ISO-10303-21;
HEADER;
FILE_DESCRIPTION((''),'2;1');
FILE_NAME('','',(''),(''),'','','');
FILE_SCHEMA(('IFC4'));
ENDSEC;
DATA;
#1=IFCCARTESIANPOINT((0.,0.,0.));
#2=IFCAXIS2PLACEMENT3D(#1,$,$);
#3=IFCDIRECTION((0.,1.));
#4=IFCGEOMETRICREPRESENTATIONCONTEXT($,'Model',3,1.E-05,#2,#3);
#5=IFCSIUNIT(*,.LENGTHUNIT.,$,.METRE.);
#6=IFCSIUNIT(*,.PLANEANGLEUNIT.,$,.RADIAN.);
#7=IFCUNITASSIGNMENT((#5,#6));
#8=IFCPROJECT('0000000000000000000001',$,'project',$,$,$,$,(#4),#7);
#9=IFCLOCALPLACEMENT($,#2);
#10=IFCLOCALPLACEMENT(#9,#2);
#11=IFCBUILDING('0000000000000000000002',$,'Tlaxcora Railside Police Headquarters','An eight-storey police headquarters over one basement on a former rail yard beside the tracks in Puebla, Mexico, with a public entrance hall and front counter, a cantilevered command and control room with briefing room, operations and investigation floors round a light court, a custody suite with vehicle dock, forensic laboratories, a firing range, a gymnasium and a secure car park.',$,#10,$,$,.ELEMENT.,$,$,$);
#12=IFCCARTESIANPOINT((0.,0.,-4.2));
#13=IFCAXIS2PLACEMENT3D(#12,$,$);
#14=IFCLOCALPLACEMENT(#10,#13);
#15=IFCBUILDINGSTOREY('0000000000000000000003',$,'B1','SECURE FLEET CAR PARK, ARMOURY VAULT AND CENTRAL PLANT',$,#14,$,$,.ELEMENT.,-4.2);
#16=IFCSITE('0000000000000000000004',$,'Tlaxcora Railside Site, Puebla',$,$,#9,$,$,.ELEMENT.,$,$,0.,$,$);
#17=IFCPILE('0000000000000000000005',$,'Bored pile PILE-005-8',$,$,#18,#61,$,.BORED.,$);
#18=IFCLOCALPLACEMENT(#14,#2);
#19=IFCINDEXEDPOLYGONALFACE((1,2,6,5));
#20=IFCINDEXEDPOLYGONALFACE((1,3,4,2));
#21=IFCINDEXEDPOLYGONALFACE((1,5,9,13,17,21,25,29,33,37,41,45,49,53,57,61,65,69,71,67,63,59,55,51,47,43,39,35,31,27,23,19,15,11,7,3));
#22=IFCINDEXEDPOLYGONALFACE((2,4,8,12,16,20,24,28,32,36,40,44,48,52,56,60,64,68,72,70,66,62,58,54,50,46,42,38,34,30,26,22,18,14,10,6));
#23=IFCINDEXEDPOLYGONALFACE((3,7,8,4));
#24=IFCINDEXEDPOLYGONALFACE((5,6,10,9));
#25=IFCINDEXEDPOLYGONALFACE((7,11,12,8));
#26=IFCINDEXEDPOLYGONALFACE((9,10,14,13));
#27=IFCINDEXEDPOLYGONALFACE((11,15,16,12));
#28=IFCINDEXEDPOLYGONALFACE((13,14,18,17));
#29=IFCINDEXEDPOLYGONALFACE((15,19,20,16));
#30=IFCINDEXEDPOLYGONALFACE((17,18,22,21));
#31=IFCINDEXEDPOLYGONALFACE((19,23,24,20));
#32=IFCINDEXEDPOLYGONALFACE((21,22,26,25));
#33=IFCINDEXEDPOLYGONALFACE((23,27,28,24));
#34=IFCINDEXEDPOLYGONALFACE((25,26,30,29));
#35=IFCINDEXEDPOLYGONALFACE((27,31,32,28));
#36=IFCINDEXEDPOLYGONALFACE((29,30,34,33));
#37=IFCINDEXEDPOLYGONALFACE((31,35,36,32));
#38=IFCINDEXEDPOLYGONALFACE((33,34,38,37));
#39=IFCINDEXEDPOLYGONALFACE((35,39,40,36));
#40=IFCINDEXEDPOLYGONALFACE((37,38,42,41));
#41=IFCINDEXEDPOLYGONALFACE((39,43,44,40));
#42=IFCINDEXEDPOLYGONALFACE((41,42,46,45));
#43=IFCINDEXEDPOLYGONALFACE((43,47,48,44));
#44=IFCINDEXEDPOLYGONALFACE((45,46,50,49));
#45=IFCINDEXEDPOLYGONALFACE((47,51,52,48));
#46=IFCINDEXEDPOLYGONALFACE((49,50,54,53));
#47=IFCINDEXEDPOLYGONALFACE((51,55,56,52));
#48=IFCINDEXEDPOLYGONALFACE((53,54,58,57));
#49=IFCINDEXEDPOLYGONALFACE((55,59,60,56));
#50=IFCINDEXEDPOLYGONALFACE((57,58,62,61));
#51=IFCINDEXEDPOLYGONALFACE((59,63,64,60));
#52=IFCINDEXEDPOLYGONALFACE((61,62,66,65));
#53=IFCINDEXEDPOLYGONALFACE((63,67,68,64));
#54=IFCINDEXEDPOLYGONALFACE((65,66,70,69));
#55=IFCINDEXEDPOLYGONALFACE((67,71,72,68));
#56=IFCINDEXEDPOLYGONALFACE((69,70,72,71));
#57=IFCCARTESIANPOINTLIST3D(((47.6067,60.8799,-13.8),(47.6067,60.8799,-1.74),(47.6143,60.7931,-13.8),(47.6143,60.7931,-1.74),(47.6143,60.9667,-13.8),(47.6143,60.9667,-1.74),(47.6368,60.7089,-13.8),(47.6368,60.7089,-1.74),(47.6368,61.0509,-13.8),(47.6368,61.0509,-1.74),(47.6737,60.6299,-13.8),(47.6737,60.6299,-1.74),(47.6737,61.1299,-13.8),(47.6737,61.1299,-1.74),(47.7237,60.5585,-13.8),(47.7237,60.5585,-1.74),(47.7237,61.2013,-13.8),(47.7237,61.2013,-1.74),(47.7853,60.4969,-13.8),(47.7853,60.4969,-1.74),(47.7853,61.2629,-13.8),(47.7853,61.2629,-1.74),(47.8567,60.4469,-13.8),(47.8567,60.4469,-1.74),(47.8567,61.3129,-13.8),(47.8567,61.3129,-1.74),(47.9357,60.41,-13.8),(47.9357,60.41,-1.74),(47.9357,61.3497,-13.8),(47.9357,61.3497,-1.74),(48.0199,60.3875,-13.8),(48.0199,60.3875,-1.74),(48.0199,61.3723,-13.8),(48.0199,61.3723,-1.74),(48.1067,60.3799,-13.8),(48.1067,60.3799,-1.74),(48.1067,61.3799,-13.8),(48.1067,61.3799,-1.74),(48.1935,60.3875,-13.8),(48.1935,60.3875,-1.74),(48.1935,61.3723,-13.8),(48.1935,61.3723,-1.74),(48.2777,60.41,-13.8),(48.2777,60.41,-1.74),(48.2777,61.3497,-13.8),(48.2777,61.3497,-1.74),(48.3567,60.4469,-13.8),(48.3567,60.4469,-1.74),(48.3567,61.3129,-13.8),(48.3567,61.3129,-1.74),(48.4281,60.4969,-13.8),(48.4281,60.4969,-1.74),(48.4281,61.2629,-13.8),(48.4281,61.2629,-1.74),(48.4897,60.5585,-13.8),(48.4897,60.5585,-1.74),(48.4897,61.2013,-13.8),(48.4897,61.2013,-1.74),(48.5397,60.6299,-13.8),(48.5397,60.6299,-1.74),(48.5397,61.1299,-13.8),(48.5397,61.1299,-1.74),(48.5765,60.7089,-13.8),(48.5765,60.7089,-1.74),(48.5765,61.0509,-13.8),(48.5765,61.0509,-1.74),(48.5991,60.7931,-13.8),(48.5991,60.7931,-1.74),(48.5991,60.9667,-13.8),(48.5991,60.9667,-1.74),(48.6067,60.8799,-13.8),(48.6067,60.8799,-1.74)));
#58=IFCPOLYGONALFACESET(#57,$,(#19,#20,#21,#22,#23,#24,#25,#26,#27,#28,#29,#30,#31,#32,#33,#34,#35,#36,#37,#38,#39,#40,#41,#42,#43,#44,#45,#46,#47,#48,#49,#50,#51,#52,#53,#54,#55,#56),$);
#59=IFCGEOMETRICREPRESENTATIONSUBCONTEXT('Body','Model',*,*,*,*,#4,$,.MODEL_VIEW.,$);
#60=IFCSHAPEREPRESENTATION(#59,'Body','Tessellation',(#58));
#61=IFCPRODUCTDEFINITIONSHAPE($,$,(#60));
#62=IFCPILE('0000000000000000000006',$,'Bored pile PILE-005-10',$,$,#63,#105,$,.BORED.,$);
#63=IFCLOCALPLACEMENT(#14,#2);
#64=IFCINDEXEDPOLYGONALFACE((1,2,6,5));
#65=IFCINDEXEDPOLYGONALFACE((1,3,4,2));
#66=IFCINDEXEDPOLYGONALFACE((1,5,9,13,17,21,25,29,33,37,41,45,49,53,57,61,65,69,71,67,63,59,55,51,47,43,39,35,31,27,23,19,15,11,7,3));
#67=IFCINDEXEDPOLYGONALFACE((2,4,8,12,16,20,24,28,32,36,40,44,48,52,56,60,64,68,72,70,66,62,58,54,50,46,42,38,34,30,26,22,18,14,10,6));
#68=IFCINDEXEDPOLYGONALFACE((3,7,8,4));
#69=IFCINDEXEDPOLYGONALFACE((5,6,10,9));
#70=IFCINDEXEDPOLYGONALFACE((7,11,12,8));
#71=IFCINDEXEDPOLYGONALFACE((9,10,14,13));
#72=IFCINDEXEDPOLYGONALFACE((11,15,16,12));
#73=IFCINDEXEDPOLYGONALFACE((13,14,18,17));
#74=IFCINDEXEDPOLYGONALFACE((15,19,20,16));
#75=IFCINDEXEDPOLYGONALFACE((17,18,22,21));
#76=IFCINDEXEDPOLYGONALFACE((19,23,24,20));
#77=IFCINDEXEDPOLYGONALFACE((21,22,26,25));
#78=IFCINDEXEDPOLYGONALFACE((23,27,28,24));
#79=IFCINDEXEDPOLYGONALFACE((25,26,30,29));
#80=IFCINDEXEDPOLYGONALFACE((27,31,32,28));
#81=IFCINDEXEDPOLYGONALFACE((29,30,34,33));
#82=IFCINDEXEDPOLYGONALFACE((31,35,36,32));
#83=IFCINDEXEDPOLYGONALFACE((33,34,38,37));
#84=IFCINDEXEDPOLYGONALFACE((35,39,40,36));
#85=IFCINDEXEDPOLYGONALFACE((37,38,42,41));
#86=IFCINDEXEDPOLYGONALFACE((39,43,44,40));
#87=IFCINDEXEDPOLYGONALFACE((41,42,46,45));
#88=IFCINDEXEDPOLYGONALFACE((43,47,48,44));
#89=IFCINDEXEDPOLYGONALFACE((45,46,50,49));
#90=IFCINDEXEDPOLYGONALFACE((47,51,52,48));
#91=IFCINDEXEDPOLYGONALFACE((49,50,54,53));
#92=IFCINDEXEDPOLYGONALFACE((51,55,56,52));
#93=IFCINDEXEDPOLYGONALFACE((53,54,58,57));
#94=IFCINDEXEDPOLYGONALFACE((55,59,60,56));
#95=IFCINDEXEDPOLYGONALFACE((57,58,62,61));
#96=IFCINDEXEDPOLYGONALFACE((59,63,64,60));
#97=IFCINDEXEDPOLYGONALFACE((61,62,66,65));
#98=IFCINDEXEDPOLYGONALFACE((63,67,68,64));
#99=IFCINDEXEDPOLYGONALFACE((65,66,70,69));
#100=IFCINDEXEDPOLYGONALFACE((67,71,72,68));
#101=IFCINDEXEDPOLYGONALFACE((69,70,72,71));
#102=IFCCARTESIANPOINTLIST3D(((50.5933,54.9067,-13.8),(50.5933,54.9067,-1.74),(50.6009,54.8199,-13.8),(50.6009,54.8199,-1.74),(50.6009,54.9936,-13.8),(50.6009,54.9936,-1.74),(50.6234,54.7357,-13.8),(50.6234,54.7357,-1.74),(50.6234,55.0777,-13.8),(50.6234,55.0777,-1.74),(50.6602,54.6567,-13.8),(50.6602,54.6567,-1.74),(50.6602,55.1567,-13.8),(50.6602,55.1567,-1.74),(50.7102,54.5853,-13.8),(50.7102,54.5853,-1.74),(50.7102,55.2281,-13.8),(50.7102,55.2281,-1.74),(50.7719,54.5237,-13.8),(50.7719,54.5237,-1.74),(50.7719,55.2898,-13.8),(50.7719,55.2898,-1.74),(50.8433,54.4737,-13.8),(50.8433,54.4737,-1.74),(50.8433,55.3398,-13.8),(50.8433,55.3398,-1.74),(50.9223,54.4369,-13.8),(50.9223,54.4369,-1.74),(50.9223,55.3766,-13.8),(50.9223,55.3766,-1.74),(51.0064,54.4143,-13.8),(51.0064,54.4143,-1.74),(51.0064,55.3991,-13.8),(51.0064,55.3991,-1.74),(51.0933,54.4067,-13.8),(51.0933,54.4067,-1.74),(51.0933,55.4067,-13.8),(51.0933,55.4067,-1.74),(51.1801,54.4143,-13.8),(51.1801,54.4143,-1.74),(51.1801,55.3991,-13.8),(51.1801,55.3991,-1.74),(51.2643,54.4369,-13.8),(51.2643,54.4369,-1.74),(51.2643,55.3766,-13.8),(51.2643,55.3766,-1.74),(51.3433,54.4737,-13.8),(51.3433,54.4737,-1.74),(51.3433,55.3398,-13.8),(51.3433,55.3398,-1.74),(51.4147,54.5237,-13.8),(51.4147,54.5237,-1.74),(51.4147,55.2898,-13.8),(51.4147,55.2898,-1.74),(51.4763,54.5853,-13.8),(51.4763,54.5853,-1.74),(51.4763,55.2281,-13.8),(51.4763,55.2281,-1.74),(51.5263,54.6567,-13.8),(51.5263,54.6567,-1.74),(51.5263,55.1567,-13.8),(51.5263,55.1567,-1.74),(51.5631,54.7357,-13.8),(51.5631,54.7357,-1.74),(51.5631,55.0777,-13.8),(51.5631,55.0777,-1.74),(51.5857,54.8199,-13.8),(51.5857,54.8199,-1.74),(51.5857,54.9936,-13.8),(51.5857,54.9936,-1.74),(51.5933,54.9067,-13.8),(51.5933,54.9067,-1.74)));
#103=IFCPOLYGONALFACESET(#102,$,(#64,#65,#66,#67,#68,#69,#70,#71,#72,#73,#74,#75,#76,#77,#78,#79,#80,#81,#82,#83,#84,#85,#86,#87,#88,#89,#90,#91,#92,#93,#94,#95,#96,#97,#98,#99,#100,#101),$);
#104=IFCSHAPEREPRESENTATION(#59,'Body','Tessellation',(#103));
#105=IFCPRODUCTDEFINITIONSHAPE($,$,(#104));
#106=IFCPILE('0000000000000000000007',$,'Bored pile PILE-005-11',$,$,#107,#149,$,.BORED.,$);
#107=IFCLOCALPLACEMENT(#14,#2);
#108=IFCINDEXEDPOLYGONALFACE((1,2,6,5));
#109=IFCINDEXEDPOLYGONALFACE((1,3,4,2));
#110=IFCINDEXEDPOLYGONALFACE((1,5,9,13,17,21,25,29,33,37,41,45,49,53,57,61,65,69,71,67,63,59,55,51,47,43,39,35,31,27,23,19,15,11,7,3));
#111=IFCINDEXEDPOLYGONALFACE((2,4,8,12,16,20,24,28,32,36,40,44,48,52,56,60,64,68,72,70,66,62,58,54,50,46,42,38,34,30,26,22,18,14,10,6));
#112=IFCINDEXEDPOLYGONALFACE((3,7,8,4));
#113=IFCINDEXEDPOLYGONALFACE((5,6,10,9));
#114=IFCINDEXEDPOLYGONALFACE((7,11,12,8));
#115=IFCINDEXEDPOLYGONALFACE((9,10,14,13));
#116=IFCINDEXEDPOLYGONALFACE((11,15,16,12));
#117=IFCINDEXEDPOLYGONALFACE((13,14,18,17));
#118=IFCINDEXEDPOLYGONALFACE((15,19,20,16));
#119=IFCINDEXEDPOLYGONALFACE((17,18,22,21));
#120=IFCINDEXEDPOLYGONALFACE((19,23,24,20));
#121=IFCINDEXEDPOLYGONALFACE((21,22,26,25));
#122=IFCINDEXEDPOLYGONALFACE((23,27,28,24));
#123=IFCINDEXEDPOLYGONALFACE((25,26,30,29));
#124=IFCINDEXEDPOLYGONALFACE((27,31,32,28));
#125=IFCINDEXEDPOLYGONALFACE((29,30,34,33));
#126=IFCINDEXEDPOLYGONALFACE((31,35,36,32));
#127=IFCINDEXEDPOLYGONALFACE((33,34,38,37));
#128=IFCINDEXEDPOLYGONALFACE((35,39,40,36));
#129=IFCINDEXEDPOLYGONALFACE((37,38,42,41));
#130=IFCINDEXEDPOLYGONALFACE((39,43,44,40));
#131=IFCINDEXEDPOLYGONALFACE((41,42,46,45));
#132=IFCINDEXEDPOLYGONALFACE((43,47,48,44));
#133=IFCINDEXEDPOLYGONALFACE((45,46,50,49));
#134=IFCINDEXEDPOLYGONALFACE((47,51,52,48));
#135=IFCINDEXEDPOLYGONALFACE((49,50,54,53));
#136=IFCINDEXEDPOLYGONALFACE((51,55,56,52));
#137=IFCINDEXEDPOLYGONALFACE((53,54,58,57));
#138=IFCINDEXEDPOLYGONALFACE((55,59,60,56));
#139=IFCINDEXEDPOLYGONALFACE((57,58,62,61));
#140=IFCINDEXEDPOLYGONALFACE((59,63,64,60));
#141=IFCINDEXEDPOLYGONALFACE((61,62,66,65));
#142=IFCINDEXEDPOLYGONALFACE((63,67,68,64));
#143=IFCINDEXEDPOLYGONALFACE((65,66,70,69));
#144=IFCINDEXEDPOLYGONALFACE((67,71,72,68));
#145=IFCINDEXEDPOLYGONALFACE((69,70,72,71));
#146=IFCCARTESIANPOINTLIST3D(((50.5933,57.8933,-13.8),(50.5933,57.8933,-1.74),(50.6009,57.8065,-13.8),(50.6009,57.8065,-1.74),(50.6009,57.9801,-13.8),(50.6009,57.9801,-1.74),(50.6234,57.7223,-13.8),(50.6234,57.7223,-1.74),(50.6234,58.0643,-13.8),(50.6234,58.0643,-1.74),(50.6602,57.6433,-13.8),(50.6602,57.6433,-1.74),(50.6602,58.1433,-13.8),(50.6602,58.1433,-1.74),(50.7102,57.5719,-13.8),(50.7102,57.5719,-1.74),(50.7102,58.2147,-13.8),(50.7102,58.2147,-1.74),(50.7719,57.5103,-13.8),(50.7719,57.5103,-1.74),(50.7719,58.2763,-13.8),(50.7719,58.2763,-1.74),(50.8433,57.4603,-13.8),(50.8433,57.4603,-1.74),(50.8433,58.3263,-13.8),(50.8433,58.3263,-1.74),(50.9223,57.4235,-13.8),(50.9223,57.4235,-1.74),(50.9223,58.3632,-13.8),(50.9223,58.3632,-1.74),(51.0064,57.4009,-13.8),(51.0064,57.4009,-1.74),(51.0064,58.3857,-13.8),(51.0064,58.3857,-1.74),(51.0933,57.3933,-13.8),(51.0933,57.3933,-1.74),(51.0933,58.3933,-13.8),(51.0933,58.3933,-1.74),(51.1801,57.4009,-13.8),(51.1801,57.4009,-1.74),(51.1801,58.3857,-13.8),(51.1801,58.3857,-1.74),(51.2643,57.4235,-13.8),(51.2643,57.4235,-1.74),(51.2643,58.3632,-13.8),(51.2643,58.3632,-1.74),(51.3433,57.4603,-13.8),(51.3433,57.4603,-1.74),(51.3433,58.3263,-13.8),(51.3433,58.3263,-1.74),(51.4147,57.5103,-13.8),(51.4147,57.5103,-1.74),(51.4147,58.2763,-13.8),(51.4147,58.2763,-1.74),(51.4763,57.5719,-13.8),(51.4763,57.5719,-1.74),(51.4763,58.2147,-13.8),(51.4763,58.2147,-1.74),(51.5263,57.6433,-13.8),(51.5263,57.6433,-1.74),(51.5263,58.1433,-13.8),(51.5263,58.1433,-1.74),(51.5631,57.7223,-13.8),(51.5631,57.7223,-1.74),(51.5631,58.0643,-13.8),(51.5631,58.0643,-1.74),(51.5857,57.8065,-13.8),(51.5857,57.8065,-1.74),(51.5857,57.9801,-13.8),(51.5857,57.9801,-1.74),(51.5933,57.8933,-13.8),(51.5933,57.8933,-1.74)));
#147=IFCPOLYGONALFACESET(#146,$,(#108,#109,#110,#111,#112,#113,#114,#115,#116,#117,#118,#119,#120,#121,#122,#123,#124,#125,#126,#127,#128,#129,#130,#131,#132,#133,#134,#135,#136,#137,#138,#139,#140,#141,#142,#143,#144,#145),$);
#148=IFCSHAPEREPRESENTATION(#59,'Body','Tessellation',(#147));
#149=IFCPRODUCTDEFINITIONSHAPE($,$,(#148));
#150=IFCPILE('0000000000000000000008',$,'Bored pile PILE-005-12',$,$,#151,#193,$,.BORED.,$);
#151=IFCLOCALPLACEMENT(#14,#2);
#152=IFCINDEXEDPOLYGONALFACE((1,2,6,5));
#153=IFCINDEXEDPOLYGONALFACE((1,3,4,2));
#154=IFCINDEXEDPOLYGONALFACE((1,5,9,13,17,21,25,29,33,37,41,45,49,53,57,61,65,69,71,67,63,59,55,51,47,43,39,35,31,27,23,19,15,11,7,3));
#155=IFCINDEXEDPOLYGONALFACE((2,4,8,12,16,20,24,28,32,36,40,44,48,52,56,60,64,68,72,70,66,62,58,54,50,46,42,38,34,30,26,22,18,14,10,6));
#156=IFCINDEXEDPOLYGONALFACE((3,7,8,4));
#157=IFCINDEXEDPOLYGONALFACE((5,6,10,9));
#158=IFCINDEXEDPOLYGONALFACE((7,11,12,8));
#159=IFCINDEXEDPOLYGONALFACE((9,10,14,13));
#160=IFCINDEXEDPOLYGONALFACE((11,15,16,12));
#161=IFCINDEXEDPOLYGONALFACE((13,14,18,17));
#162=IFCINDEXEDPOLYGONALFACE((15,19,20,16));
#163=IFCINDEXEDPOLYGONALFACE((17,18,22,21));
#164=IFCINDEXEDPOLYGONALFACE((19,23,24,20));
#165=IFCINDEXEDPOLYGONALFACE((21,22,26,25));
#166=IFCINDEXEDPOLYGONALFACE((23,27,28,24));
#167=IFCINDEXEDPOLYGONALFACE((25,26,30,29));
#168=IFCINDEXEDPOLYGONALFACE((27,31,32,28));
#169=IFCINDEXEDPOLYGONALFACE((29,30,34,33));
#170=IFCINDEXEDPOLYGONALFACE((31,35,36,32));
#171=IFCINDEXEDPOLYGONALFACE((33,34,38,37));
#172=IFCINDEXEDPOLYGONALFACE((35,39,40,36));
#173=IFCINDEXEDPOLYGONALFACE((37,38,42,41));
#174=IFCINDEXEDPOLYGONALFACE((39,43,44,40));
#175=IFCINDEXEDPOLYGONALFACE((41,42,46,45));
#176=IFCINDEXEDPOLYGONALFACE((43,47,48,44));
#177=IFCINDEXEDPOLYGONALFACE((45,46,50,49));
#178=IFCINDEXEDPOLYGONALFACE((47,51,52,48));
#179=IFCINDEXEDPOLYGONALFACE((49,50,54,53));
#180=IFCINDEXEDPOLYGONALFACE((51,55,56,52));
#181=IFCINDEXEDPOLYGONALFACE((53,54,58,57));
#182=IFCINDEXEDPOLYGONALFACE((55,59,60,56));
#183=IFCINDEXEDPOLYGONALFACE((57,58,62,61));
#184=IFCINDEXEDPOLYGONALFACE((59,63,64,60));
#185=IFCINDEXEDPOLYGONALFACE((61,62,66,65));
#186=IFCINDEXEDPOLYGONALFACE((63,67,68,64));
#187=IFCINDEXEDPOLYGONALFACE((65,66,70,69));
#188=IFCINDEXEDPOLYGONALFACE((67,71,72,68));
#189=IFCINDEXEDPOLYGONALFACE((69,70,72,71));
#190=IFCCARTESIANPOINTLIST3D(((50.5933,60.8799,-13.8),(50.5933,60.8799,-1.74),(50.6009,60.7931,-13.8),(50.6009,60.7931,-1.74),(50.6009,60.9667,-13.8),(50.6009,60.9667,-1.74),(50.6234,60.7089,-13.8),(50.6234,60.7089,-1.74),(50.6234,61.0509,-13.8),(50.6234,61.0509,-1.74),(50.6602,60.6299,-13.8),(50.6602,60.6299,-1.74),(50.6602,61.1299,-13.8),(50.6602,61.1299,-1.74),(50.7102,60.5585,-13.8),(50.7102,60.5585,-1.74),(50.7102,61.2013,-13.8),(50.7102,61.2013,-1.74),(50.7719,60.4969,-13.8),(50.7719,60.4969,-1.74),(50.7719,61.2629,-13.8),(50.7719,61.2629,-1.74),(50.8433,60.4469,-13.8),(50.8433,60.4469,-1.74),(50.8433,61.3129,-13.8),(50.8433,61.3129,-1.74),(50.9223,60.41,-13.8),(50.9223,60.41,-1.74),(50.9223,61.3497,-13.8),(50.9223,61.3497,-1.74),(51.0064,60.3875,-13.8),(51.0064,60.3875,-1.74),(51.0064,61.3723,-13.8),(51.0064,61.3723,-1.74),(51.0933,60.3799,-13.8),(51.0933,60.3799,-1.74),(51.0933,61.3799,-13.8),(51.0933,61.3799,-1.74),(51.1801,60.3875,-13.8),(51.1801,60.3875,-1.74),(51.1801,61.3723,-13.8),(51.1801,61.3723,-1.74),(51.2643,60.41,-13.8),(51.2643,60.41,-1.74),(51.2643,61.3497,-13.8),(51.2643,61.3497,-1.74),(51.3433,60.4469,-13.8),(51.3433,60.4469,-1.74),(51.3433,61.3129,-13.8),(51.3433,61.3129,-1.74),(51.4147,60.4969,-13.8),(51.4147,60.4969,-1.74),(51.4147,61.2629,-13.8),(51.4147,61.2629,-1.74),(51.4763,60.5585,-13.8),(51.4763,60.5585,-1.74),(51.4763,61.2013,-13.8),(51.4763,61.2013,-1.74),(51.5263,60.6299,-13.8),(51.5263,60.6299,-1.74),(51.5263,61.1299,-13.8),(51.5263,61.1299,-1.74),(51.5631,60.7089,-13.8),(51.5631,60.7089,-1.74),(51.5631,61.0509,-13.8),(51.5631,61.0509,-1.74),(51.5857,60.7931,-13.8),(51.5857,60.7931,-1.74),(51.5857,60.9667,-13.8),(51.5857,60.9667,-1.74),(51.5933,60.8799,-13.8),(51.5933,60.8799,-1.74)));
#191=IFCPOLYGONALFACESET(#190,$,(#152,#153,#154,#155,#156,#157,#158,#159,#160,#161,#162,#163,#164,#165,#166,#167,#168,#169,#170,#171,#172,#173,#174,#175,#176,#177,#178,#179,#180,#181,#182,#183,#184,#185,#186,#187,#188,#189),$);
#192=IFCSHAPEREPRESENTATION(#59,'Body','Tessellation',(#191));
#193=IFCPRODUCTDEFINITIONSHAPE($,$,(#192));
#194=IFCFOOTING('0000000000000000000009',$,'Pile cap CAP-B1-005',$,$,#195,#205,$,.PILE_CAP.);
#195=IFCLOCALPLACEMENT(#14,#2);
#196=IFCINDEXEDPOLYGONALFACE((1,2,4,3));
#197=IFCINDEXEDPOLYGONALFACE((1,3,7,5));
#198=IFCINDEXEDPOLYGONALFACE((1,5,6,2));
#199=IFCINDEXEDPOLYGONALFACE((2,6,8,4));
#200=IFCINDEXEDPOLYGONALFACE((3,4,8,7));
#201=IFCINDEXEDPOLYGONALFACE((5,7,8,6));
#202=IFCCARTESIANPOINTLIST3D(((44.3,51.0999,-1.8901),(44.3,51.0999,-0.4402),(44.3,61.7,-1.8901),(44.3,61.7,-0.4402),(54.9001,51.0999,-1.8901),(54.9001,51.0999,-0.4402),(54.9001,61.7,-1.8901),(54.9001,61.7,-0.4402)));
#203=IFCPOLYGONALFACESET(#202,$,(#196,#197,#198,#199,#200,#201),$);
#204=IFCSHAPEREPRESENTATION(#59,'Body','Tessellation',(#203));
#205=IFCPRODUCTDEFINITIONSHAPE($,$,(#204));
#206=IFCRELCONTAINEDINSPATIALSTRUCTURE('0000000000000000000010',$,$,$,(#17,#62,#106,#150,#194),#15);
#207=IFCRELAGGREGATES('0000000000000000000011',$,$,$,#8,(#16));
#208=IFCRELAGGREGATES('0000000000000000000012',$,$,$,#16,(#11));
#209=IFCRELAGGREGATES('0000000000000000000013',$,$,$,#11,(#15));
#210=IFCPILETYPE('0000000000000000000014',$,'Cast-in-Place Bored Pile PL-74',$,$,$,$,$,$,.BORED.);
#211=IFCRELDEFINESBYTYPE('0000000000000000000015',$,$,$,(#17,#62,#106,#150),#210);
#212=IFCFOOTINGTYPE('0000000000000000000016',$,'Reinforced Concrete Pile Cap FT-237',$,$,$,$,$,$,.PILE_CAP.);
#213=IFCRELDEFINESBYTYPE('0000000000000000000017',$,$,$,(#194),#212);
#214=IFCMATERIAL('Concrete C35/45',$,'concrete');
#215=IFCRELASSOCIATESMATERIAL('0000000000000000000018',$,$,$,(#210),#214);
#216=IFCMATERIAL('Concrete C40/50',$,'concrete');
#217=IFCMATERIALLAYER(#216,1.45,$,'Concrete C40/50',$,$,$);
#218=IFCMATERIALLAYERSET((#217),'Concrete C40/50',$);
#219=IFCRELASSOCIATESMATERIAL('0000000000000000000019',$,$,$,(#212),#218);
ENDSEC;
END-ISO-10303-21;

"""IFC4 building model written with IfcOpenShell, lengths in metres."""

from ifc_helpers import new_model, si_unit, direction, frame, origin, origin_2d, place, context, subcontext, project, spatial, rectangle, circle, extrude, material, layer, layer_set, material_profile, profile_set, type_object, element, save


model = new_model("IFC4")

# Units and contexts
model_context = context("Model", 3, precision=1e-05, world=origin(), true_north=direction((0.0, 1.0)))
body_context = subcontext(model_context, "Body", "Model", "MODEL_VIEW")
ifc_project = project(units=[si_unit("LENGTHUNIT", "METRE"), si_unit("PLANEANGLEUNIT", "RADIAN")], contexts=[model_context])

# Site, building, storey
site_placement = place(None, origin())
site = spatial("IfcSite", under=ifc_project, at=site_placement, Name="Tlaxcora Railside Site, Puebla", CompositionType="ELEMENT", RefElevation=0.0)
building_placement = place(site_placement, origin())
building = spatial("IfcBuilding", under=site, at=building_placement, Name="Tlaxcora Railside Police Headquarters", Description="An eight-storey police headquarters over one basement on a former rail yard beside the tracks in Puebla, Mexico, with a public entrance hall and front counter, a cantilevered command and control room with briefing room, operations and investigation floors round a light court, a custody suite with vehicle dock, forensic laboratories, a firing range, a gymnasium and a secure car park.", CompositionType="ELEMENT")
storey_placement = place(building_placement, frame((0.0, 0.0, -4.2)))
storey = spatial("IfcBuildingStorey", under=building, at=storey_placement, Name="B1", Description="SECURE FLEET CAR PARK, ARMOURY VAULT AND CENTRAL PLANT", CompositionType="ELEMENT", Elevation=-4.2)

# Piles
ifc_material_1 = material(Name="Concrete C35/45", Category="concrete")
ifc_material_profile_1 = material_profile(ifc_material_1, circle(Radius=0.5, at=origin_2d()), Name="PILE1000")
ifc_profile_set_1 = profile_set([ifc_material_profile_1], Name="Concrete C35/45")
pile_type_1 = type_object("IfcPileType", Name="Cast-in-Place Bored Pile PL-74", PredefinedType="BORED", material=ifc_profile_set_1)
for number, where, z_axis, x_axis, name in (
    (1, (48.1067, 60.8799, -1.74), (0.0, 0.0, -1.0), (1.0, 0.0, 0.0), "Bored pile PILE-005-8"),
    (2, (51.0933, 54.9067, -1.74), (0.0, 0.0, -1.0), (1.0, 0.0, 0.0), "Bored pile PILE-005-10"),
    (3, (51.0933, 57.8933, -1.74), (0.0, 0.0, -1.0), (1.0, 0.0, 0.0), "Bored pile PILE-005-11"),
    (4, (51.0933, 60.8799, -1.74), (0.0, 0.0, -1.0), (1.0, 0.0, 0.0), "Bored pile PILE-005-12"),
):
    element("IfcPile", number, at=place(storey_placement, frame(where, z_axis=z_axis, x_axis=x_axis)), inside=storey, type_object=pile_type_1, Name=name, PredefinedType="BORED", context=body_context, shape_type="SweptSolid", body=[
        extrude(circle(Radius=0.5, at=origin_2d()), origin(), (0.0, 0.0, 1.0), 12.0601),
    ])

# Footing
ifc_material_2 = material(Name="Concrete C40/50", Category="concrete")
ifc_layer_1 = layer(ifc_material_2, 1.45, Name="Concrete C40/50")
ifc_layer_set_1 = layer_set([ifc_layer_1], Name="Concrete C40/50")
footing_type_1 = type_object("IfcFootingType", Name="Reinforced Concrete Pile Cap FT-237", PredefinedType="PILE_CAP", material=ifc_layer_set_1)
footing_1_placement = place(storey_placement, frame((49.6001, 56.3999, -1.8901), z_axis=(0.0, 0.0, 1.0), x_axis=(1.0, 0.0, 0.0)))
element("IfcFooting", 5, at=footing_1_placement, inside=storey, type_object=footing_type_1, Name="Pile cap CAP-B1-005", PredefinedType="PILE_CAP", context=body_context, shape_type="SweptSolid", body=[
    extrude(rectangle(XDim=10.6001, YDim=10.6001, at=origin_2d()), origin(), (0.0, 0.0, 1.0), 1.45),
])

save(model, "model.ifc")
